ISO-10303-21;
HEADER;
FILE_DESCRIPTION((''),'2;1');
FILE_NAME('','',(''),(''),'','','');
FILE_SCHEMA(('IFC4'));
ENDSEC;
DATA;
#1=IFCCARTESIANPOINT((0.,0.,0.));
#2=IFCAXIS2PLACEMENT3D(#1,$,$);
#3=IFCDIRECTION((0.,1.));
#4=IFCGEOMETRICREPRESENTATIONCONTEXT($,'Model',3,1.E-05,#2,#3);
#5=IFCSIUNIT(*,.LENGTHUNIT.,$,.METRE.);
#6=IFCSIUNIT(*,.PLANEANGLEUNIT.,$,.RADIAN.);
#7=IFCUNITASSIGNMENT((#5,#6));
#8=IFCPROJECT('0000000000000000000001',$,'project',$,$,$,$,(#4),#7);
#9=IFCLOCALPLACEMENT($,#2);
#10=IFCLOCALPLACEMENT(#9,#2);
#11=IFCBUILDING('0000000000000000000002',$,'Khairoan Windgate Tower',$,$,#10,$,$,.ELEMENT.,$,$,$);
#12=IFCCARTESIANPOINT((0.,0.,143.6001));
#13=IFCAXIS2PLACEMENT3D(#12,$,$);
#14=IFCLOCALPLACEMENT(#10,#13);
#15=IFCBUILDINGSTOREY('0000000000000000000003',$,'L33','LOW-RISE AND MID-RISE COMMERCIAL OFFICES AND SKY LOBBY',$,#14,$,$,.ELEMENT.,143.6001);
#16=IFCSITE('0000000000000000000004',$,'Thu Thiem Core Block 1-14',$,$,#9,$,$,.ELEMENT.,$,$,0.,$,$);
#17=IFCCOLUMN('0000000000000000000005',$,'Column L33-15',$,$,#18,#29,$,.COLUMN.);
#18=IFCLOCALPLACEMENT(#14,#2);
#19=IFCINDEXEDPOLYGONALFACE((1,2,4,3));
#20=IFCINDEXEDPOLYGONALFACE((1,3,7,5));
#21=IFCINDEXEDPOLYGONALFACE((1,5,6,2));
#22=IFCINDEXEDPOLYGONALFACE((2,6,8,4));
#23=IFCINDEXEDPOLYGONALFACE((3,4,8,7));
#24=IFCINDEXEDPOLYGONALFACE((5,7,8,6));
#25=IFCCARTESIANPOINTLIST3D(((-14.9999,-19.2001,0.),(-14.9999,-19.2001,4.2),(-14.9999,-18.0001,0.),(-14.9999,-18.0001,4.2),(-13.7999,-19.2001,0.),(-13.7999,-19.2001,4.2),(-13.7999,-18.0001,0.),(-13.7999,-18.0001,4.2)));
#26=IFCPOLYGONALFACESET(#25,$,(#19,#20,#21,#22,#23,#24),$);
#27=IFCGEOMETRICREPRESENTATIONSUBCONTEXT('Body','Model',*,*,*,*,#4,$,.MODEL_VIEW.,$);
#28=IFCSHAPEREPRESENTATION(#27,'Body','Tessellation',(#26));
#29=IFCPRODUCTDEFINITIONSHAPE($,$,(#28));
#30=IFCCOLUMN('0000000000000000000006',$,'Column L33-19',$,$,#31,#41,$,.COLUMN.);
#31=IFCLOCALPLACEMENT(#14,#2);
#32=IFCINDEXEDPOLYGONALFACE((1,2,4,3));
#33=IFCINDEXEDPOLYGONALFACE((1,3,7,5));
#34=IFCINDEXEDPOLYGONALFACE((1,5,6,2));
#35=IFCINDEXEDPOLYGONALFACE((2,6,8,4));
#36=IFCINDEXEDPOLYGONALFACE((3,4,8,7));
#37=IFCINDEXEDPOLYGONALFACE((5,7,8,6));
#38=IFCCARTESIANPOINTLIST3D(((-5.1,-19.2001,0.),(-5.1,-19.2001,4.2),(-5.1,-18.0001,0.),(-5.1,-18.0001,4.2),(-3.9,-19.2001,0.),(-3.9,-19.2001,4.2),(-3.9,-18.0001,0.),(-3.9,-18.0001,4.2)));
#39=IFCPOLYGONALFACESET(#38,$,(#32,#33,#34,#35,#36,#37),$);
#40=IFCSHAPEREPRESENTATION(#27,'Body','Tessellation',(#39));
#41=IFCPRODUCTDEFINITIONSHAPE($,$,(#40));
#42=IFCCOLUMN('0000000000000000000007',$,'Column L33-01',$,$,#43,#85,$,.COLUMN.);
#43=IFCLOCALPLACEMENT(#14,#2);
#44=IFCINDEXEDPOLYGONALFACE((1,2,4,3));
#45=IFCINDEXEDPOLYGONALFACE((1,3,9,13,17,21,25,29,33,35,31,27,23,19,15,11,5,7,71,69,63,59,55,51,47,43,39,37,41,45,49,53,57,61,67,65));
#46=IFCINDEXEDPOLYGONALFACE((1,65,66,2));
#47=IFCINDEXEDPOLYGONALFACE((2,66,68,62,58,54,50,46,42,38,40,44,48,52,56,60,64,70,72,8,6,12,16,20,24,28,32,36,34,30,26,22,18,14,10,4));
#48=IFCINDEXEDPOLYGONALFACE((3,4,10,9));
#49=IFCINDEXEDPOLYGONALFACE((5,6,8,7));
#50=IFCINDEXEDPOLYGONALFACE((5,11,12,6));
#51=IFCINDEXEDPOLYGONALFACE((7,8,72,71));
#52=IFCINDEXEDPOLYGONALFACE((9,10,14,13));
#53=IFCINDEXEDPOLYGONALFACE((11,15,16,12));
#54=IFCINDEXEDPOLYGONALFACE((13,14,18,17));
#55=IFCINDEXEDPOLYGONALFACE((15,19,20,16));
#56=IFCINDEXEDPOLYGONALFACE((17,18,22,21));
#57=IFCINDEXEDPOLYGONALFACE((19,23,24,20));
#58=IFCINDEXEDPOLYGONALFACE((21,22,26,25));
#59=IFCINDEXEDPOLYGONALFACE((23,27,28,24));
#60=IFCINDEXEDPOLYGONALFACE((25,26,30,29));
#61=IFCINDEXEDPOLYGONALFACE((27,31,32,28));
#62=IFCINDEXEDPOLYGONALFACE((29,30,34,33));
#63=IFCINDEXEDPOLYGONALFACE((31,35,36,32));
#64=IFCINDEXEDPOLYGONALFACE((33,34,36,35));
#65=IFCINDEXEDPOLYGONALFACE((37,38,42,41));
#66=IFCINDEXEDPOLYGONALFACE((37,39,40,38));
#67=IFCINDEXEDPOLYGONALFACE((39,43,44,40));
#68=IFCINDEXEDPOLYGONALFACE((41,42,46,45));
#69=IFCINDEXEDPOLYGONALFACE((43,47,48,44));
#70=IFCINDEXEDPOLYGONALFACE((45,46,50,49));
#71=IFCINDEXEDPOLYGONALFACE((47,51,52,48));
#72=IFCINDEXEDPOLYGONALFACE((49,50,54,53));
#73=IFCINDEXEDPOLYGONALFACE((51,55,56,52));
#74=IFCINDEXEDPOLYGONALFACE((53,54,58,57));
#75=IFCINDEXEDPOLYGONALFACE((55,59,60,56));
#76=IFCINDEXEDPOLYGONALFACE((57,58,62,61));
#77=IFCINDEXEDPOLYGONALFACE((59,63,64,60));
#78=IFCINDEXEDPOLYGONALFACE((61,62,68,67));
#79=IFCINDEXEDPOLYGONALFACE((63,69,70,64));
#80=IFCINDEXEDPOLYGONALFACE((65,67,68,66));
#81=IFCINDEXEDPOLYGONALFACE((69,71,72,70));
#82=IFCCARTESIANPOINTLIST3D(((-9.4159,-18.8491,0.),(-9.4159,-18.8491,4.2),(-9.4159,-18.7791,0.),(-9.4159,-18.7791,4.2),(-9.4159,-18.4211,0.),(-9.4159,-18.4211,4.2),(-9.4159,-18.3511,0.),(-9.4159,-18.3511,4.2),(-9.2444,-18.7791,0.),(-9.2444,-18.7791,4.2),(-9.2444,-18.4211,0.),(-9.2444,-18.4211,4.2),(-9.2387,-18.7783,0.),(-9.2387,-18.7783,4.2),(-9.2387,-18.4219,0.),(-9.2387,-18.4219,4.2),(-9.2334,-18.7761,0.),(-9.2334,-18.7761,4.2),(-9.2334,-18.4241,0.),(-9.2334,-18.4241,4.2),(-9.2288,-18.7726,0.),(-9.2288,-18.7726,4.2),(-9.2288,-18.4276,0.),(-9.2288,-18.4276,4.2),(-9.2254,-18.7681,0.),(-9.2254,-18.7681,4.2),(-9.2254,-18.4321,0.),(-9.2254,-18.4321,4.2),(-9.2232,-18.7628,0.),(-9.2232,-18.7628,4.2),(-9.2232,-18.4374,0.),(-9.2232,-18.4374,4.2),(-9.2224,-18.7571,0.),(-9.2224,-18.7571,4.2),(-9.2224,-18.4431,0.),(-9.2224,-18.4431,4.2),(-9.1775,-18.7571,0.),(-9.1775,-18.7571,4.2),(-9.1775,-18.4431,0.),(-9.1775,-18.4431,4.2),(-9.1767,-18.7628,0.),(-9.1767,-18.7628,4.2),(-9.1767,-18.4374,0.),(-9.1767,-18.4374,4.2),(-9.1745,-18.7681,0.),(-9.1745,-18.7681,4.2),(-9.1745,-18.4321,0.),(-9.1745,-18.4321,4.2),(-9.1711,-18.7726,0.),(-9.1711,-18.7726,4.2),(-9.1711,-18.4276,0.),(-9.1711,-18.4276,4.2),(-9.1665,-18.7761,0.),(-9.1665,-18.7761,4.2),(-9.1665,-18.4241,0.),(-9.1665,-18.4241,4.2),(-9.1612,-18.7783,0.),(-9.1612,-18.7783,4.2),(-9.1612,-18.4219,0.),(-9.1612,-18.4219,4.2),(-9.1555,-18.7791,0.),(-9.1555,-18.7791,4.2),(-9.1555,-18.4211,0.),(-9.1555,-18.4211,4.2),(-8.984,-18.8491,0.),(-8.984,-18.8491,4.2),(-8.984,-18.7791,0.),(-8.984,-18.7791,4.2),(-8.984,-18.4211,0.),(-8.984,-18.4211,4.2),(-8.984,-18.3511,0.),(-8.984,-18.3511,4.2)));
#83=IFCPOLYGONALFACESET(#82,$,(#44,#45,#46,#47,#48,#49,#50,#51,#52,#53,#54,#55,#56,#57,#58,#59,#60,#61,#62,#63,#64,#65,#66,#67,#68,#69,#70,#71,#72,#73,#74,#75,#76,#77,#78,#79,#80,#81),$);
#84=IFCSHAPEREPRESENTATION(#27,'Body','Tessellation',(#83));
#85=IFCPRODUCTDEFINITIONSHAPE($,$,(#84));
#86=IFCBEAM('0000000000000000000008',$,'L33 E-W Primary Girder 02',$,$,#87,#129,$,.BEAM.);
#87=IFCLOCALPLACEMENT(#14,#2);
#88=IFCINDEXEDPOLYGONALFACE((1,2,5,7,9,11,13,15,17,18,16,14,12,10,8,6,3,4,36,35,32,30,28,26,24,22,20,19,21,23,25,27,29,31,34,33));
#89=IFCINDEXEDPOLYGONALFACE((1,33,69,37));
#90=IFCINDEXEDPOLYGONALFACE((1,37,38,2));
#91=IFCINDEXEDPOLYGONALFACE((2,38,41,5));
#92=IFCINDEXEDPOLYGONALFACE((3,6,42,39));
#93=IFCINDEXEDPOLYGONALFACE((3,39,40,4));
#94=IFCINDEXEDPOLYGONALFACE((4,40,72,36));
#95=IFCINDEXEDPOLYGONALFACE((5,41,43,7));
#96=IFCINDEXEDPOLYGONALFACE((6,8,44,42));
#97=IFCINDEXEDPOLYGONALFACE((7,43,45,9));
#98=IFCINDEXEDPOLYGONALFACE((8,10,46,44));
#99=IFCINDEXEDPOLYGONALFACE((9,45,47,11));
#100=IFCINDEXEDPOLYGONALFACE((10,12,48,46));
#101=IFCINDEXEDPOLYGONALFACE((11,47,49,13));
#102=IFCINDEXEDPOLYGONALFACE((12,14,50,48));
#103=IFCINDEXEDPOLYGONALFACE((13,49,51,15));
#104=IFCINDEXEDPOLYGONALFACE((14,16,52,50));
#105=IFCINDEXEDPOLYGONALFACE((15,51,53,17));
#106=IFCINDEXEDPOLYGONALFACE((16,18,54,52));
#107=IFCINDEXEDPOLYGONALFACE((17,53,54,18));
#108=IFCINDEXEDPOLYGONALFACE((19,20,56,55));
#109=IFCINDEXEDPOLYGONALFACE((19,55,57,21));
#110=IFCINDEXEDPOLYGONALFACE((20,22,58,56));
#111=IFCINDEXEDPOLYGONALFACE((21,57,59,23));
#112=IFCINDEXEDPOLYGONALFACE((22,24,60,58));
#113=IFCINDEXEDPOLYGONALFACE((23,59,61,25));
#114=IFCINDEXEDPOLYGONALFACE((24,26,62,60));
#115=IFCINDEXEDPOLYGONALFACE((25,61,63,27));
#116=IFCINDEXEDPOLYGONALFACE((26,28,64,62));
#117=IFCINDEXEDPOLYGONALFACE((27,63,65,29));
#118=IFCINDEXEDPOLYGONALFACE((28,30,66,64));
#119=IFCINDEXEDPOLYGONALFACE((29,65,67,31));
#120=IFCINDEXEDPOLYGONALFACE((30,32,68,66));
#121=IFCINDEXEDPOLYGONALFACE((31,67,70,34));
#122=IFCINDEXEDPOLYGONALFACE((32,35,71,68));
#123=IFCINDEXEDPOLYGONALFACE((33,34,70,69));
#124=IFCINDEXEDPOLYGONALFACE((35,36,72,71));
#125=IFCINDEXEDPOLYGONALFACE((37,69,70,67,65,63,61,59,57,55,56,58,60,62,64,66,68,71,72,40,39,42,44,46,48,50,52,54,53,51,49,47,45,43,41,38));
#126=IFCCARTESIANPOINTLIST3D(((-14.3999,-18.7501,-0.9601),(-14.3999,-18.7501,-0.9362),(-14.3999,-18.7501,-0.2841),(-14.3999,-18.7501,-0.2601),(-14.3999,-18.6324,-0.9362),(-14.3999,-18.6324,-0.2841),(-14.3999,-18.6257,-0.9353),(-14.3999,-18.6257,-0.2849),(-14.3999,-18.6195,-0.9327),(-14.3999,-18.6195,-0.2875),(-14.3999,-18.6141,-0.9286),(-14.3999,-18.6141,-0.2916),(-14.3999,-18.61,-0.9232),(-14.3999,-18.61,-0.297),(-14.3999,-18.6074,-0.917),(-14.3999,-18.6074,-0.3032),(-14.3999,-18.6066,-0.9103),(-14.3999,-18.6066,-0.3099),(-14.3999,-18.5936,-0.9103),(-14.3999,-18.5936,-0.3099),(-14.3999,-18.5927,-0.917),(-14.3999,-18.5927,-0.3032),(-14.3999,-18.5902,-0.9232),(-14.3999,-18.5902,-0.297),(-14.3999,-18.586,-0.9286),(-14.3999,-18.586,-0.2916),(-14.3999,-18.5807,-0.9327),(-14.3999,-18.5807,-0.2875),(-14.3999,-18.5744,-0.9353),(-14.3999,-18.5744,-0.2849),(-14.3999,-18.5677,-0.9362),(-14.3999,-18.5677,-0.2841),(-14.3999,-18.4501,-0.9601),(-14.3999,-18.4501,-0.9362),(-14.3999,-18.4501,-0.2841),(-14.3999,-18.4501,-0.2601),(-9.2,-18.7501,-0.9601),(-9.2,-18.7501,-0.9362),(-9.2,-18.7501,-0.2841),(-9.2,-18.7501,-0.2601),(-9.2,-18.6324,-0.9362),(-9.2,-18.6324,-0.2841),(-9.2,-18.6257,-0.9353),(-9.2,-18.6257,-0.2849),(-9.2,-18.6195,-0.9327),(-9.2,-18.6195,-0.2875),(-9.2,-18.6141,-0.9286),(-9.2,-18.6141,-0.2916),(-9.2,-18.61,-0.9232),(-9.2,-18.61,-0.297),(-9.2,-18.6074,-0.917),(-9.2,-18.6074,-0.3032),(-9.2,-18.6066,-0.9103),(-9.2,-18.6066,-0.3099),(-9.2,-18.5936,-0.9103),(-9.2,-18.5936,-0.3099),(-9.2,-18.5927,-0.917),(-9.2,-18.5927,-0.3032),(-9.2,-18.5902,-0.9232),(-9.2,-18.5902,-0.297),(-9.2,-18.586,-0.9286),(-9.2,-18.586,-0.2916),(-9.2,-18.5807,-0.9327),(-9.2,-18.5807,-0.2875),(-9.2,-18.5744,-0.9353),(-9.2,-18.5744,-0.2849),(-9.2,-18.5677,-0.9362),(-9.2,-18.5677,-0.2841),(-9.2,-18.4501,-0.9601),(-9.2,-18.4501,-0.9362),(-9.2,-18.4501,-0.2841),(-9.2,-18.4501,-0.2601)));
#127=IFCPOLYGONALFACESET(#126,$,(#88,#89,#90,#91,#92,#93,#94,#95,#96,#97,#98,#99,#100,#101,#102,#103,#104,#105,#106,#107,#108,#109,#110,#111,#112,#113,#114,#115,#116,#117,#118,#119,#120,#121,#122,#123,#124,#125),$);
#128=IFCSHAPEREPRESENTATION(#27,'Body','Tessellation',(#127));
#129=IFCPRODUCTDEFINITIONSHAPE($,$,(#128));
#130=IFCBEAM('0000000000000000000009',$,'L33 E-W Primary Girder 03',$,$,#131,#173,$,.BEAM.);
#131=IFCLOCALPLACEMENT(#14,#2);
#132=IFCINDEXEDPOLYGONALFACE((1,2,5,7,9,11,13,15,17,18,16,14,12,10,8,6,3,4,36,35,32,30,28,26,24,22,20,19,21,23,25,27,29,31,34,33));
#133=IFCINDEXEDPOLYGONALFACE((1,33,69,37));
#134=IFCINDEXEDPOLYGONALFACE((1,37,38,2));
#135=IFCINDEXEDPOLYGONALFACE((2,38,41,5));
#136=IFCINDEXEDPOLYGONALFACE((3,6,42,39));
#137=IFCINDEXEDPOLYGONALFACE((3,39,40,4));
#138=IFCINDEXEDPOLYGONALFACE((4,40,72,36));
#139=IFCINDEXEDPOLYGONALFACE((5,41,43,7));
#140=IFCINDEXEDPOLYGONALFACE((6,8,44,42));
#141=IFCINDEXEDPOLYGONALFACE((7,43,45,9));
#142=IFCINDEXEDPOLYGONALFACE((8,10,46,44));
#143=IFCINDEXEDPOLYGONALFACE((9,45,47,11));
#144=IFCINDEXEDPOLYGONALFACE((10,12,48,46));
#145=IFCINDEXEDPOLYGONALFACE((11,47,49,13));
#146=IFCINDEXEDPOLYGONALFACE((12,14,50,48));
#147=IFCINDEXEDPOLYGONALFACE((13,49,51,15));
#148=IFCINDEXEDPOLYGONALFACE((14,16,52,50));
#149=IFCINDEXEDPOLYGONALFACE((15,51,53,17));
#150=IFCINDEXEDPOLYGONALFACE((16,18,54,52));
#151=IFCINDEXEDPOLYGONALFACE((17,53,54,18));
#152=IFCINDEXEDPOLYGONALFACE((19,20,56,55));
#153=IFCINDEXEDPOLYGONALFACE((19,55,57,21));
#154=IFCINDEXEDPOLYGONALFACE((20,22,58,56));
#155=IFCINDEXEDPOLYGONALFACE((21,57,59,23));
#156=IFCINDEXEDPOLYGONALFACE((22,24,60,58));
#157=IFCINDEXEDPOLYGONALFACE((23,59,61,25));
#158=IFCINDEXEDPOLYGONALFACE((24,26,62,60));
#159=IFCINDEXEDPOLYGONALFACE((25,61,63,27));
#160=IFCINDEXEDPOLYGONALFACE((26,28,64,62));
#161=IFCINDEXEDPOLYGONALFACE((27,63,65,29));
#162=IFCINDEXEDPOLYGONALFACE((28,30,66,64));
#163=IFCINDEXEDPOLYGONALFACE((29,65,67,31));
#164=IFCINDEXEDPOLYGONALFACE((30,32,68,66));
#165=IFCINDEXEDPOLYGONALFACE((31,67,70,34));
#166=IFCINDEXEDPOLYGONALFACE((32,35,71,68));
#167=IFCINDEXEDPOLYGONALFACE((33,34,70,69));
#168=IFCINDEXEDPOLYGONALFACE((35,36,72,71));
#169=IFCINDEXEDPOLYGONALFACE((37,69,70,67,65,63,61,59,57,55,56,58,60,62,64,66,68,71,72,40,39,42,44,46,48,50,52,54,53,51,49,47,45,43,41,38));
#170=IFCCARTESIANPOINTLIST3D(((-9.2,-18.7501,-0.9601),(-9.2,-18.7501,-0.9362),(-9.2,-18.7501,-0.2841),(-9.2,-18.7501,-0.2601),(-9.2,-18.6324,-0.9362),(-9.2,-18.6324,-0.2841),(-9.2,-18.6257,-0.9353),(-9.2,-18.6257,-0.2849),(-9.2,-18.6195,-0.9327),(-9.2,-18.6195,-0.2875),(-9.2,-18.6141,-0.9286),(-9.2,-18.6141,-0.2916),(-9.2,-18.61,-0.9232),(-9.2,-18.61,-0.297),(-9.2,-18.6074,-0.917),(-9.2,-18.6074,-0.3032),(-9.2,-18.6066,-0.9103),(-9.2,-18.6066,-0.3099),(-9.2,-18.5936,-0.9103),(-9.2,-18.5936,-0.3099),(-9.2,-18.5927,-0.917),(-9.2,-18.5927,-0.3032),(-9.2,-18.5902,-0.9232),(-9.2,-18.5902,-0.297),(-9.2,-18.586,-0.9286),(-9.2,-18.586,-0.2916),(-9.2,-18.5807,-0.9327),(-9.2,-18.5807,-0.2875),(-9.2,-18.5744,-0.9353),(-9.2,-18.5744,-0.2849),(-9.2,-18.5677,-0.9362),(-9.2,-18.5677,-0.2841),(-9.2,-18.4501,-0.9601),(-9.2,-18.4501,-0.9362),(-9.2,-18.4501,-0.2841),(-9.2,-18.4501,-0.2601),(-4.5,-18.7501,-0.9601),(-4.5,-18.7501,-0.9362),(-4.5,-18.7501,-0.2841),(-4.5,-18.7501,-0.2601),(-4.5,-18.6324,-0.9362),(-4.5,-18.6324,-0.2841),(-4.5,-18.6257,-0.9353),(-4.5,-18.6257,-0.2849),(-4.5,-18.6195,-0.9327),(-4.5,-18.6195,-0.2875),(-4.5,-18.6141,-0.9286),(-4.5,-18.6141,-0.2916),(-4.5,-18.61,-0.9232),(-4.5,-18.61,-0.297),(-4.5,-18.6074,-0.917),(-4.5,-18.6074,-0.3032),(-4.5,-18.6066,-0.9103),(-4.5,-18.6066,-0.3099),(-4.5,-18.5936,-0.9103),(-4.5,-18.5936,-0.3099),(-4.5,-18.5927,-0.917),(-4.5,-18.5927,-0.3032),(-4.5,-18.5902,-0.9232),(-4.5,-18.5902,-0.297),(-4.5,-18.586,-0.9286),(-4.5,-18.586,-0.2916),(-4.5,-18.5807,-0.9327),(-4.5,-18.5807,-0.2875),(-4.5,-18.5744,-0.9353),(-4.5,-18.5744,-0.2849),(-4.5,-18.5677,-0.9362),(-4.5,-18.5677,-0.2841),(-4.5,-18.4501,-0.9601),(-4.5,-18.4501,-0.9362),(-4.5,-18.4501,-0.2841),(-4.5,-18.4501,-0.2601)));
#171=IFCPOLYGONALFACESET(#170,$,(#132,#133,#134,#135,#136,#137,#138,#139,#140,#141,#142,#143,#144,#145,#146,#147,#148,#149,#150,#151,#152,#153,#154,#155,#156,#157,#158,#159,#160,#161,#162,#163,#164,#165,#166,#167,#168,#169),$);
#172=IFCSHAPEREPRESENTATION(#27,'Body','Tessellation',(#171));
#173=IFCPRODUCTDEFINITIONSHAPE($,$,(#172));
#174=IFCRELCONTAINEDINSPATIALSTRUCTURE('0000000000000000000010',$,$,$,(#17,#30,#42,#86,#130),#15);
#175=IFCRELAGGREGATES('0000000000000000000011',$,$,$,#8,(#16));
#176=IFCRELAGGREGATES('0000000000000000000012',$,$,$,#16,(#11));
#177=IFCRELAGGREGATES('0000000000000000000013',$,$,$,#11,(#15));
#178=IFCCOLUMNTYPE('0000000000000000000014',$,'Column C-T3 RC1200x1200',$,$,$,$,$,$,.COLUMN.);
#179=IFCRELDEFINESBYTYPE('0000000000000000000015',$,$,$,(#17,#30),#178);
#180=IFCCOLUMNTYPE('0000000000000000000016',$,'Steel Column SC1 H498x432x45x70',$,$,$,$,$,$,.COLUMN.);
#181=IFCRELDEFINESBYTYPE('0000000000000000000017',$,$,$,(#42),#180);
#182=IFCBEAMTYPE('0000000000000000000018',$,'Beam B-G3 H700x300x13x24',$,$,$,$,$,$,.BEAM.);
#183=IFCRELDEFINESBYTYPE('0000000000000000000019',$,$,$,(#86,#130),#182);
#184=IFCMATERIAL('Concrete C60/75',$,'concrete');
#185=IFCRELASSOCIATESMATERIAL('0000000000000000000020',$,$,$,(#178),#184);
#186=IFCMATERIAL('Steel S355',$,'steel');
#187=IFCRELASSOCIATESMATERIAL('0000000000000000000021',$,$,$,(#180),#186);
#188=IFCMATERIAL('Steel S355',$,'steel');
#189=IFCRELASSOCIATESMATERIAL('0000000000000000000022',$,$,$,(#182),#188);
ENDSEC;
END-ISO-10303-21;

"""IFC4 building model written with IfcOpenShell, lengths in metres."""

from ifc_helpers import new_model, si_unit, direction, frame, origin, origin_2d, place, context, subcontext, project, spatial, rectangle, i_section, extrude, material, material_profile, profile_set, type_object, element, save


model = new_model("IFC4")

# Units and contexts
model_context = context("Model", 3, precision=1e-05, world=origin(), true_north=direction((0.0, 1.0)))
body_context = subcontext(model_context, "Body", "Model", "MODEL_VIEW")
ifc_project = project(units=[si_unit("LENGTHUNIT", "METRE"), si_unit("PLANEANGLEUNIT", "RADIAN")], contexts=[model_context])

# Site, building, storey
site_placement = place(None, origin())
site = spatial("IfcSite", under=ifc_project, at=site_placement, Name="Thu Thiem Core Block 1-14", CompositionType="ELEMENT", RefElevation=0.0)
building_placement = place(site_placement, origin())
building = spatial("IfcBuilding", under=site, at=building_placement, Name="Khairoan Windgate Tower", CompositionType="ELEMENT")
storey_placement = place(building_placement, frame((0.0, 0.0, 143.6001)))
storey = spatial("IfcBuildingStorey", under=building, at=storey_placement, Name="L33", Description="LOW-RISE AND MID-RISE COMMERCIAL OFFICES AND SKY LOBBY", CompositionType="ELEMENT", Elevation=143.6001)

# Columns
ifc_material_1 = material(Name="Concrete C60/75", Category="concrete")
ifc_material_profile_1 = material_profile(ifc_material_1, rectangle(XDim=1.2, YDim=1.2, at=origin_2d()))
ifc_profile_set_1 = profile_set([ifc_material_profile_1], Name="Concrete C60/75")
column_type_1 = type_object("IfcColumnType", Name="Column C-T3 RC1200x1200", PredefinedType="COLUMN", material=ifc_profile_set_1)
for number, where, z_axis, x_axis, name in (
    (1, (-14.3999, -18.6001, 0.0), (0.0, 0.0, 1.0), (1.0, 0.0, 0.0), "Column L33-15"),
    (2, (-4.5, -18.6001, 0.0), (0.0, 0.0, 1.0), (1.0, 0.0, 0.0), "Column L33-19"),
):
    element("IfcColumn", number, at=place(storey_placement, frame(where, z_axis=z_axis, x_axis=x_axis)), inside=storey, type_object=column_type_1, Name=name, PredefinedType="COLUMN", context=body_context, shape_type="SweptSolid", body=[
        extrude(rectangle(XDim=1.2, YDim=1.2, at=origin_2d()), origin(), (0.0, 0.0, 1.0), 4.2),
    ])
ifc_material_2 = material(Name="Steel S355", Category="steel")
ifc_material_profile_2 = material_profile(ifc_material_2, i_section(OverallWidth=0.4319, OverallDepth=0.498, WebThickness=0.0449, FlangeThickness=0.0701, FilletRadius=0.022, at=origin_2d()))
ifc_profile_set_2 = profile_set([ifc_material_profile_2], Name="Steel S355")
column_type_2 = type_object("IfcColumnType", Name="Steel Column SC1 H498x432x45x70", PredefinedType="COLUMN", material=ifc_profile_set_2)
column_placement = place(storey_placement, frame((-9.2, -18.6001, 0.0), z_axis=(0.0, 0.0, 1.0), x_axis=(1.0, 0.0, 0.0)))
element("IfcColumn", 3, at=column_placement, inside=storey, type_object=column_type_2, Name="Column L33-01", PredefinedType="COLUMN", context=body_context, shape_type="SweptSolid", body=[
    extrude(i_section(OverallWidth=0.4319, OverallDepth=0.498, WebThickness=0.0449, FlangeThickness=0.0701, FilletRadius=0.022, at=origin_2d()), origin(), (0.0, 0.0, 1.0), 4.2),
])

# Beams
ifc_material_3 = material(Name="Steel S355", Category="steel")
ifc_material_profile_3 = material_profile(ifc_material_3, i_section(OverallWidth=0.3, OverallDepth=0.7, WebThickness=0.0129, FlangeThickness=0.0239, FilletRadius=0.0259, at=origin_2d()))
ifc_profile_set_3 = profile_set([ifc_material_profile_3], Name="Steel S355")
beam_type_1 = type_object("IfcBeamType", Name="Beam B-G3 H700x300x13x24", PredefinedType="BEAM", material=ifc_profile_set_3)
beam_1_placement = place(storey_placement, frame((-14.3999, -18.6001, -0.6101), z_axis=(1.0, 0.0, 0.0), x_axis=(0.0, 1.0, 0.0)))
element("IfcBeam", 4, at=beam_1_placement, inside=storey, type_object=beam_type_1, Name="L33 E-W Primary Girder 02", PredefinedType="BEAM", context=body_context, shape_type="SweptSolid", body=[
    extrude(i_section(OverallWidth=0.3, OverallDepth=0.7, WebThickness=0.0129, FlangeThickness=0.0239, FilletRadius=0.0259, at=origin_2d()), origin(), (0.0, 0.0, 1.0), 5.2),
])
beam_2_placement = place(storey_placement, frame((-9.2, -18.6001, -0.6101), z_axis=(1.0, 0.0, 0.0), x_axis=(0.0, 1.0, 0.0)))
element("IfcBeam", 5, at=beam_2_placement, inside=storey, type_object=beam_type_1, Name="L33 E-W Primary Girder 03", PredefinedType="BEAM", context=body_context, shape_type="SweptSolid", body=[
    extrude(i_section(OverallWidth=0.3, OverallDepth=0.7, WebThickness=0.0129, FlangeThickness=0.0239, FilletRadius=0.0259, at=origin_2d()), origin(), (0.0, 0.0, 1.0), 4.7),
])

save(model, "model.ifc")
